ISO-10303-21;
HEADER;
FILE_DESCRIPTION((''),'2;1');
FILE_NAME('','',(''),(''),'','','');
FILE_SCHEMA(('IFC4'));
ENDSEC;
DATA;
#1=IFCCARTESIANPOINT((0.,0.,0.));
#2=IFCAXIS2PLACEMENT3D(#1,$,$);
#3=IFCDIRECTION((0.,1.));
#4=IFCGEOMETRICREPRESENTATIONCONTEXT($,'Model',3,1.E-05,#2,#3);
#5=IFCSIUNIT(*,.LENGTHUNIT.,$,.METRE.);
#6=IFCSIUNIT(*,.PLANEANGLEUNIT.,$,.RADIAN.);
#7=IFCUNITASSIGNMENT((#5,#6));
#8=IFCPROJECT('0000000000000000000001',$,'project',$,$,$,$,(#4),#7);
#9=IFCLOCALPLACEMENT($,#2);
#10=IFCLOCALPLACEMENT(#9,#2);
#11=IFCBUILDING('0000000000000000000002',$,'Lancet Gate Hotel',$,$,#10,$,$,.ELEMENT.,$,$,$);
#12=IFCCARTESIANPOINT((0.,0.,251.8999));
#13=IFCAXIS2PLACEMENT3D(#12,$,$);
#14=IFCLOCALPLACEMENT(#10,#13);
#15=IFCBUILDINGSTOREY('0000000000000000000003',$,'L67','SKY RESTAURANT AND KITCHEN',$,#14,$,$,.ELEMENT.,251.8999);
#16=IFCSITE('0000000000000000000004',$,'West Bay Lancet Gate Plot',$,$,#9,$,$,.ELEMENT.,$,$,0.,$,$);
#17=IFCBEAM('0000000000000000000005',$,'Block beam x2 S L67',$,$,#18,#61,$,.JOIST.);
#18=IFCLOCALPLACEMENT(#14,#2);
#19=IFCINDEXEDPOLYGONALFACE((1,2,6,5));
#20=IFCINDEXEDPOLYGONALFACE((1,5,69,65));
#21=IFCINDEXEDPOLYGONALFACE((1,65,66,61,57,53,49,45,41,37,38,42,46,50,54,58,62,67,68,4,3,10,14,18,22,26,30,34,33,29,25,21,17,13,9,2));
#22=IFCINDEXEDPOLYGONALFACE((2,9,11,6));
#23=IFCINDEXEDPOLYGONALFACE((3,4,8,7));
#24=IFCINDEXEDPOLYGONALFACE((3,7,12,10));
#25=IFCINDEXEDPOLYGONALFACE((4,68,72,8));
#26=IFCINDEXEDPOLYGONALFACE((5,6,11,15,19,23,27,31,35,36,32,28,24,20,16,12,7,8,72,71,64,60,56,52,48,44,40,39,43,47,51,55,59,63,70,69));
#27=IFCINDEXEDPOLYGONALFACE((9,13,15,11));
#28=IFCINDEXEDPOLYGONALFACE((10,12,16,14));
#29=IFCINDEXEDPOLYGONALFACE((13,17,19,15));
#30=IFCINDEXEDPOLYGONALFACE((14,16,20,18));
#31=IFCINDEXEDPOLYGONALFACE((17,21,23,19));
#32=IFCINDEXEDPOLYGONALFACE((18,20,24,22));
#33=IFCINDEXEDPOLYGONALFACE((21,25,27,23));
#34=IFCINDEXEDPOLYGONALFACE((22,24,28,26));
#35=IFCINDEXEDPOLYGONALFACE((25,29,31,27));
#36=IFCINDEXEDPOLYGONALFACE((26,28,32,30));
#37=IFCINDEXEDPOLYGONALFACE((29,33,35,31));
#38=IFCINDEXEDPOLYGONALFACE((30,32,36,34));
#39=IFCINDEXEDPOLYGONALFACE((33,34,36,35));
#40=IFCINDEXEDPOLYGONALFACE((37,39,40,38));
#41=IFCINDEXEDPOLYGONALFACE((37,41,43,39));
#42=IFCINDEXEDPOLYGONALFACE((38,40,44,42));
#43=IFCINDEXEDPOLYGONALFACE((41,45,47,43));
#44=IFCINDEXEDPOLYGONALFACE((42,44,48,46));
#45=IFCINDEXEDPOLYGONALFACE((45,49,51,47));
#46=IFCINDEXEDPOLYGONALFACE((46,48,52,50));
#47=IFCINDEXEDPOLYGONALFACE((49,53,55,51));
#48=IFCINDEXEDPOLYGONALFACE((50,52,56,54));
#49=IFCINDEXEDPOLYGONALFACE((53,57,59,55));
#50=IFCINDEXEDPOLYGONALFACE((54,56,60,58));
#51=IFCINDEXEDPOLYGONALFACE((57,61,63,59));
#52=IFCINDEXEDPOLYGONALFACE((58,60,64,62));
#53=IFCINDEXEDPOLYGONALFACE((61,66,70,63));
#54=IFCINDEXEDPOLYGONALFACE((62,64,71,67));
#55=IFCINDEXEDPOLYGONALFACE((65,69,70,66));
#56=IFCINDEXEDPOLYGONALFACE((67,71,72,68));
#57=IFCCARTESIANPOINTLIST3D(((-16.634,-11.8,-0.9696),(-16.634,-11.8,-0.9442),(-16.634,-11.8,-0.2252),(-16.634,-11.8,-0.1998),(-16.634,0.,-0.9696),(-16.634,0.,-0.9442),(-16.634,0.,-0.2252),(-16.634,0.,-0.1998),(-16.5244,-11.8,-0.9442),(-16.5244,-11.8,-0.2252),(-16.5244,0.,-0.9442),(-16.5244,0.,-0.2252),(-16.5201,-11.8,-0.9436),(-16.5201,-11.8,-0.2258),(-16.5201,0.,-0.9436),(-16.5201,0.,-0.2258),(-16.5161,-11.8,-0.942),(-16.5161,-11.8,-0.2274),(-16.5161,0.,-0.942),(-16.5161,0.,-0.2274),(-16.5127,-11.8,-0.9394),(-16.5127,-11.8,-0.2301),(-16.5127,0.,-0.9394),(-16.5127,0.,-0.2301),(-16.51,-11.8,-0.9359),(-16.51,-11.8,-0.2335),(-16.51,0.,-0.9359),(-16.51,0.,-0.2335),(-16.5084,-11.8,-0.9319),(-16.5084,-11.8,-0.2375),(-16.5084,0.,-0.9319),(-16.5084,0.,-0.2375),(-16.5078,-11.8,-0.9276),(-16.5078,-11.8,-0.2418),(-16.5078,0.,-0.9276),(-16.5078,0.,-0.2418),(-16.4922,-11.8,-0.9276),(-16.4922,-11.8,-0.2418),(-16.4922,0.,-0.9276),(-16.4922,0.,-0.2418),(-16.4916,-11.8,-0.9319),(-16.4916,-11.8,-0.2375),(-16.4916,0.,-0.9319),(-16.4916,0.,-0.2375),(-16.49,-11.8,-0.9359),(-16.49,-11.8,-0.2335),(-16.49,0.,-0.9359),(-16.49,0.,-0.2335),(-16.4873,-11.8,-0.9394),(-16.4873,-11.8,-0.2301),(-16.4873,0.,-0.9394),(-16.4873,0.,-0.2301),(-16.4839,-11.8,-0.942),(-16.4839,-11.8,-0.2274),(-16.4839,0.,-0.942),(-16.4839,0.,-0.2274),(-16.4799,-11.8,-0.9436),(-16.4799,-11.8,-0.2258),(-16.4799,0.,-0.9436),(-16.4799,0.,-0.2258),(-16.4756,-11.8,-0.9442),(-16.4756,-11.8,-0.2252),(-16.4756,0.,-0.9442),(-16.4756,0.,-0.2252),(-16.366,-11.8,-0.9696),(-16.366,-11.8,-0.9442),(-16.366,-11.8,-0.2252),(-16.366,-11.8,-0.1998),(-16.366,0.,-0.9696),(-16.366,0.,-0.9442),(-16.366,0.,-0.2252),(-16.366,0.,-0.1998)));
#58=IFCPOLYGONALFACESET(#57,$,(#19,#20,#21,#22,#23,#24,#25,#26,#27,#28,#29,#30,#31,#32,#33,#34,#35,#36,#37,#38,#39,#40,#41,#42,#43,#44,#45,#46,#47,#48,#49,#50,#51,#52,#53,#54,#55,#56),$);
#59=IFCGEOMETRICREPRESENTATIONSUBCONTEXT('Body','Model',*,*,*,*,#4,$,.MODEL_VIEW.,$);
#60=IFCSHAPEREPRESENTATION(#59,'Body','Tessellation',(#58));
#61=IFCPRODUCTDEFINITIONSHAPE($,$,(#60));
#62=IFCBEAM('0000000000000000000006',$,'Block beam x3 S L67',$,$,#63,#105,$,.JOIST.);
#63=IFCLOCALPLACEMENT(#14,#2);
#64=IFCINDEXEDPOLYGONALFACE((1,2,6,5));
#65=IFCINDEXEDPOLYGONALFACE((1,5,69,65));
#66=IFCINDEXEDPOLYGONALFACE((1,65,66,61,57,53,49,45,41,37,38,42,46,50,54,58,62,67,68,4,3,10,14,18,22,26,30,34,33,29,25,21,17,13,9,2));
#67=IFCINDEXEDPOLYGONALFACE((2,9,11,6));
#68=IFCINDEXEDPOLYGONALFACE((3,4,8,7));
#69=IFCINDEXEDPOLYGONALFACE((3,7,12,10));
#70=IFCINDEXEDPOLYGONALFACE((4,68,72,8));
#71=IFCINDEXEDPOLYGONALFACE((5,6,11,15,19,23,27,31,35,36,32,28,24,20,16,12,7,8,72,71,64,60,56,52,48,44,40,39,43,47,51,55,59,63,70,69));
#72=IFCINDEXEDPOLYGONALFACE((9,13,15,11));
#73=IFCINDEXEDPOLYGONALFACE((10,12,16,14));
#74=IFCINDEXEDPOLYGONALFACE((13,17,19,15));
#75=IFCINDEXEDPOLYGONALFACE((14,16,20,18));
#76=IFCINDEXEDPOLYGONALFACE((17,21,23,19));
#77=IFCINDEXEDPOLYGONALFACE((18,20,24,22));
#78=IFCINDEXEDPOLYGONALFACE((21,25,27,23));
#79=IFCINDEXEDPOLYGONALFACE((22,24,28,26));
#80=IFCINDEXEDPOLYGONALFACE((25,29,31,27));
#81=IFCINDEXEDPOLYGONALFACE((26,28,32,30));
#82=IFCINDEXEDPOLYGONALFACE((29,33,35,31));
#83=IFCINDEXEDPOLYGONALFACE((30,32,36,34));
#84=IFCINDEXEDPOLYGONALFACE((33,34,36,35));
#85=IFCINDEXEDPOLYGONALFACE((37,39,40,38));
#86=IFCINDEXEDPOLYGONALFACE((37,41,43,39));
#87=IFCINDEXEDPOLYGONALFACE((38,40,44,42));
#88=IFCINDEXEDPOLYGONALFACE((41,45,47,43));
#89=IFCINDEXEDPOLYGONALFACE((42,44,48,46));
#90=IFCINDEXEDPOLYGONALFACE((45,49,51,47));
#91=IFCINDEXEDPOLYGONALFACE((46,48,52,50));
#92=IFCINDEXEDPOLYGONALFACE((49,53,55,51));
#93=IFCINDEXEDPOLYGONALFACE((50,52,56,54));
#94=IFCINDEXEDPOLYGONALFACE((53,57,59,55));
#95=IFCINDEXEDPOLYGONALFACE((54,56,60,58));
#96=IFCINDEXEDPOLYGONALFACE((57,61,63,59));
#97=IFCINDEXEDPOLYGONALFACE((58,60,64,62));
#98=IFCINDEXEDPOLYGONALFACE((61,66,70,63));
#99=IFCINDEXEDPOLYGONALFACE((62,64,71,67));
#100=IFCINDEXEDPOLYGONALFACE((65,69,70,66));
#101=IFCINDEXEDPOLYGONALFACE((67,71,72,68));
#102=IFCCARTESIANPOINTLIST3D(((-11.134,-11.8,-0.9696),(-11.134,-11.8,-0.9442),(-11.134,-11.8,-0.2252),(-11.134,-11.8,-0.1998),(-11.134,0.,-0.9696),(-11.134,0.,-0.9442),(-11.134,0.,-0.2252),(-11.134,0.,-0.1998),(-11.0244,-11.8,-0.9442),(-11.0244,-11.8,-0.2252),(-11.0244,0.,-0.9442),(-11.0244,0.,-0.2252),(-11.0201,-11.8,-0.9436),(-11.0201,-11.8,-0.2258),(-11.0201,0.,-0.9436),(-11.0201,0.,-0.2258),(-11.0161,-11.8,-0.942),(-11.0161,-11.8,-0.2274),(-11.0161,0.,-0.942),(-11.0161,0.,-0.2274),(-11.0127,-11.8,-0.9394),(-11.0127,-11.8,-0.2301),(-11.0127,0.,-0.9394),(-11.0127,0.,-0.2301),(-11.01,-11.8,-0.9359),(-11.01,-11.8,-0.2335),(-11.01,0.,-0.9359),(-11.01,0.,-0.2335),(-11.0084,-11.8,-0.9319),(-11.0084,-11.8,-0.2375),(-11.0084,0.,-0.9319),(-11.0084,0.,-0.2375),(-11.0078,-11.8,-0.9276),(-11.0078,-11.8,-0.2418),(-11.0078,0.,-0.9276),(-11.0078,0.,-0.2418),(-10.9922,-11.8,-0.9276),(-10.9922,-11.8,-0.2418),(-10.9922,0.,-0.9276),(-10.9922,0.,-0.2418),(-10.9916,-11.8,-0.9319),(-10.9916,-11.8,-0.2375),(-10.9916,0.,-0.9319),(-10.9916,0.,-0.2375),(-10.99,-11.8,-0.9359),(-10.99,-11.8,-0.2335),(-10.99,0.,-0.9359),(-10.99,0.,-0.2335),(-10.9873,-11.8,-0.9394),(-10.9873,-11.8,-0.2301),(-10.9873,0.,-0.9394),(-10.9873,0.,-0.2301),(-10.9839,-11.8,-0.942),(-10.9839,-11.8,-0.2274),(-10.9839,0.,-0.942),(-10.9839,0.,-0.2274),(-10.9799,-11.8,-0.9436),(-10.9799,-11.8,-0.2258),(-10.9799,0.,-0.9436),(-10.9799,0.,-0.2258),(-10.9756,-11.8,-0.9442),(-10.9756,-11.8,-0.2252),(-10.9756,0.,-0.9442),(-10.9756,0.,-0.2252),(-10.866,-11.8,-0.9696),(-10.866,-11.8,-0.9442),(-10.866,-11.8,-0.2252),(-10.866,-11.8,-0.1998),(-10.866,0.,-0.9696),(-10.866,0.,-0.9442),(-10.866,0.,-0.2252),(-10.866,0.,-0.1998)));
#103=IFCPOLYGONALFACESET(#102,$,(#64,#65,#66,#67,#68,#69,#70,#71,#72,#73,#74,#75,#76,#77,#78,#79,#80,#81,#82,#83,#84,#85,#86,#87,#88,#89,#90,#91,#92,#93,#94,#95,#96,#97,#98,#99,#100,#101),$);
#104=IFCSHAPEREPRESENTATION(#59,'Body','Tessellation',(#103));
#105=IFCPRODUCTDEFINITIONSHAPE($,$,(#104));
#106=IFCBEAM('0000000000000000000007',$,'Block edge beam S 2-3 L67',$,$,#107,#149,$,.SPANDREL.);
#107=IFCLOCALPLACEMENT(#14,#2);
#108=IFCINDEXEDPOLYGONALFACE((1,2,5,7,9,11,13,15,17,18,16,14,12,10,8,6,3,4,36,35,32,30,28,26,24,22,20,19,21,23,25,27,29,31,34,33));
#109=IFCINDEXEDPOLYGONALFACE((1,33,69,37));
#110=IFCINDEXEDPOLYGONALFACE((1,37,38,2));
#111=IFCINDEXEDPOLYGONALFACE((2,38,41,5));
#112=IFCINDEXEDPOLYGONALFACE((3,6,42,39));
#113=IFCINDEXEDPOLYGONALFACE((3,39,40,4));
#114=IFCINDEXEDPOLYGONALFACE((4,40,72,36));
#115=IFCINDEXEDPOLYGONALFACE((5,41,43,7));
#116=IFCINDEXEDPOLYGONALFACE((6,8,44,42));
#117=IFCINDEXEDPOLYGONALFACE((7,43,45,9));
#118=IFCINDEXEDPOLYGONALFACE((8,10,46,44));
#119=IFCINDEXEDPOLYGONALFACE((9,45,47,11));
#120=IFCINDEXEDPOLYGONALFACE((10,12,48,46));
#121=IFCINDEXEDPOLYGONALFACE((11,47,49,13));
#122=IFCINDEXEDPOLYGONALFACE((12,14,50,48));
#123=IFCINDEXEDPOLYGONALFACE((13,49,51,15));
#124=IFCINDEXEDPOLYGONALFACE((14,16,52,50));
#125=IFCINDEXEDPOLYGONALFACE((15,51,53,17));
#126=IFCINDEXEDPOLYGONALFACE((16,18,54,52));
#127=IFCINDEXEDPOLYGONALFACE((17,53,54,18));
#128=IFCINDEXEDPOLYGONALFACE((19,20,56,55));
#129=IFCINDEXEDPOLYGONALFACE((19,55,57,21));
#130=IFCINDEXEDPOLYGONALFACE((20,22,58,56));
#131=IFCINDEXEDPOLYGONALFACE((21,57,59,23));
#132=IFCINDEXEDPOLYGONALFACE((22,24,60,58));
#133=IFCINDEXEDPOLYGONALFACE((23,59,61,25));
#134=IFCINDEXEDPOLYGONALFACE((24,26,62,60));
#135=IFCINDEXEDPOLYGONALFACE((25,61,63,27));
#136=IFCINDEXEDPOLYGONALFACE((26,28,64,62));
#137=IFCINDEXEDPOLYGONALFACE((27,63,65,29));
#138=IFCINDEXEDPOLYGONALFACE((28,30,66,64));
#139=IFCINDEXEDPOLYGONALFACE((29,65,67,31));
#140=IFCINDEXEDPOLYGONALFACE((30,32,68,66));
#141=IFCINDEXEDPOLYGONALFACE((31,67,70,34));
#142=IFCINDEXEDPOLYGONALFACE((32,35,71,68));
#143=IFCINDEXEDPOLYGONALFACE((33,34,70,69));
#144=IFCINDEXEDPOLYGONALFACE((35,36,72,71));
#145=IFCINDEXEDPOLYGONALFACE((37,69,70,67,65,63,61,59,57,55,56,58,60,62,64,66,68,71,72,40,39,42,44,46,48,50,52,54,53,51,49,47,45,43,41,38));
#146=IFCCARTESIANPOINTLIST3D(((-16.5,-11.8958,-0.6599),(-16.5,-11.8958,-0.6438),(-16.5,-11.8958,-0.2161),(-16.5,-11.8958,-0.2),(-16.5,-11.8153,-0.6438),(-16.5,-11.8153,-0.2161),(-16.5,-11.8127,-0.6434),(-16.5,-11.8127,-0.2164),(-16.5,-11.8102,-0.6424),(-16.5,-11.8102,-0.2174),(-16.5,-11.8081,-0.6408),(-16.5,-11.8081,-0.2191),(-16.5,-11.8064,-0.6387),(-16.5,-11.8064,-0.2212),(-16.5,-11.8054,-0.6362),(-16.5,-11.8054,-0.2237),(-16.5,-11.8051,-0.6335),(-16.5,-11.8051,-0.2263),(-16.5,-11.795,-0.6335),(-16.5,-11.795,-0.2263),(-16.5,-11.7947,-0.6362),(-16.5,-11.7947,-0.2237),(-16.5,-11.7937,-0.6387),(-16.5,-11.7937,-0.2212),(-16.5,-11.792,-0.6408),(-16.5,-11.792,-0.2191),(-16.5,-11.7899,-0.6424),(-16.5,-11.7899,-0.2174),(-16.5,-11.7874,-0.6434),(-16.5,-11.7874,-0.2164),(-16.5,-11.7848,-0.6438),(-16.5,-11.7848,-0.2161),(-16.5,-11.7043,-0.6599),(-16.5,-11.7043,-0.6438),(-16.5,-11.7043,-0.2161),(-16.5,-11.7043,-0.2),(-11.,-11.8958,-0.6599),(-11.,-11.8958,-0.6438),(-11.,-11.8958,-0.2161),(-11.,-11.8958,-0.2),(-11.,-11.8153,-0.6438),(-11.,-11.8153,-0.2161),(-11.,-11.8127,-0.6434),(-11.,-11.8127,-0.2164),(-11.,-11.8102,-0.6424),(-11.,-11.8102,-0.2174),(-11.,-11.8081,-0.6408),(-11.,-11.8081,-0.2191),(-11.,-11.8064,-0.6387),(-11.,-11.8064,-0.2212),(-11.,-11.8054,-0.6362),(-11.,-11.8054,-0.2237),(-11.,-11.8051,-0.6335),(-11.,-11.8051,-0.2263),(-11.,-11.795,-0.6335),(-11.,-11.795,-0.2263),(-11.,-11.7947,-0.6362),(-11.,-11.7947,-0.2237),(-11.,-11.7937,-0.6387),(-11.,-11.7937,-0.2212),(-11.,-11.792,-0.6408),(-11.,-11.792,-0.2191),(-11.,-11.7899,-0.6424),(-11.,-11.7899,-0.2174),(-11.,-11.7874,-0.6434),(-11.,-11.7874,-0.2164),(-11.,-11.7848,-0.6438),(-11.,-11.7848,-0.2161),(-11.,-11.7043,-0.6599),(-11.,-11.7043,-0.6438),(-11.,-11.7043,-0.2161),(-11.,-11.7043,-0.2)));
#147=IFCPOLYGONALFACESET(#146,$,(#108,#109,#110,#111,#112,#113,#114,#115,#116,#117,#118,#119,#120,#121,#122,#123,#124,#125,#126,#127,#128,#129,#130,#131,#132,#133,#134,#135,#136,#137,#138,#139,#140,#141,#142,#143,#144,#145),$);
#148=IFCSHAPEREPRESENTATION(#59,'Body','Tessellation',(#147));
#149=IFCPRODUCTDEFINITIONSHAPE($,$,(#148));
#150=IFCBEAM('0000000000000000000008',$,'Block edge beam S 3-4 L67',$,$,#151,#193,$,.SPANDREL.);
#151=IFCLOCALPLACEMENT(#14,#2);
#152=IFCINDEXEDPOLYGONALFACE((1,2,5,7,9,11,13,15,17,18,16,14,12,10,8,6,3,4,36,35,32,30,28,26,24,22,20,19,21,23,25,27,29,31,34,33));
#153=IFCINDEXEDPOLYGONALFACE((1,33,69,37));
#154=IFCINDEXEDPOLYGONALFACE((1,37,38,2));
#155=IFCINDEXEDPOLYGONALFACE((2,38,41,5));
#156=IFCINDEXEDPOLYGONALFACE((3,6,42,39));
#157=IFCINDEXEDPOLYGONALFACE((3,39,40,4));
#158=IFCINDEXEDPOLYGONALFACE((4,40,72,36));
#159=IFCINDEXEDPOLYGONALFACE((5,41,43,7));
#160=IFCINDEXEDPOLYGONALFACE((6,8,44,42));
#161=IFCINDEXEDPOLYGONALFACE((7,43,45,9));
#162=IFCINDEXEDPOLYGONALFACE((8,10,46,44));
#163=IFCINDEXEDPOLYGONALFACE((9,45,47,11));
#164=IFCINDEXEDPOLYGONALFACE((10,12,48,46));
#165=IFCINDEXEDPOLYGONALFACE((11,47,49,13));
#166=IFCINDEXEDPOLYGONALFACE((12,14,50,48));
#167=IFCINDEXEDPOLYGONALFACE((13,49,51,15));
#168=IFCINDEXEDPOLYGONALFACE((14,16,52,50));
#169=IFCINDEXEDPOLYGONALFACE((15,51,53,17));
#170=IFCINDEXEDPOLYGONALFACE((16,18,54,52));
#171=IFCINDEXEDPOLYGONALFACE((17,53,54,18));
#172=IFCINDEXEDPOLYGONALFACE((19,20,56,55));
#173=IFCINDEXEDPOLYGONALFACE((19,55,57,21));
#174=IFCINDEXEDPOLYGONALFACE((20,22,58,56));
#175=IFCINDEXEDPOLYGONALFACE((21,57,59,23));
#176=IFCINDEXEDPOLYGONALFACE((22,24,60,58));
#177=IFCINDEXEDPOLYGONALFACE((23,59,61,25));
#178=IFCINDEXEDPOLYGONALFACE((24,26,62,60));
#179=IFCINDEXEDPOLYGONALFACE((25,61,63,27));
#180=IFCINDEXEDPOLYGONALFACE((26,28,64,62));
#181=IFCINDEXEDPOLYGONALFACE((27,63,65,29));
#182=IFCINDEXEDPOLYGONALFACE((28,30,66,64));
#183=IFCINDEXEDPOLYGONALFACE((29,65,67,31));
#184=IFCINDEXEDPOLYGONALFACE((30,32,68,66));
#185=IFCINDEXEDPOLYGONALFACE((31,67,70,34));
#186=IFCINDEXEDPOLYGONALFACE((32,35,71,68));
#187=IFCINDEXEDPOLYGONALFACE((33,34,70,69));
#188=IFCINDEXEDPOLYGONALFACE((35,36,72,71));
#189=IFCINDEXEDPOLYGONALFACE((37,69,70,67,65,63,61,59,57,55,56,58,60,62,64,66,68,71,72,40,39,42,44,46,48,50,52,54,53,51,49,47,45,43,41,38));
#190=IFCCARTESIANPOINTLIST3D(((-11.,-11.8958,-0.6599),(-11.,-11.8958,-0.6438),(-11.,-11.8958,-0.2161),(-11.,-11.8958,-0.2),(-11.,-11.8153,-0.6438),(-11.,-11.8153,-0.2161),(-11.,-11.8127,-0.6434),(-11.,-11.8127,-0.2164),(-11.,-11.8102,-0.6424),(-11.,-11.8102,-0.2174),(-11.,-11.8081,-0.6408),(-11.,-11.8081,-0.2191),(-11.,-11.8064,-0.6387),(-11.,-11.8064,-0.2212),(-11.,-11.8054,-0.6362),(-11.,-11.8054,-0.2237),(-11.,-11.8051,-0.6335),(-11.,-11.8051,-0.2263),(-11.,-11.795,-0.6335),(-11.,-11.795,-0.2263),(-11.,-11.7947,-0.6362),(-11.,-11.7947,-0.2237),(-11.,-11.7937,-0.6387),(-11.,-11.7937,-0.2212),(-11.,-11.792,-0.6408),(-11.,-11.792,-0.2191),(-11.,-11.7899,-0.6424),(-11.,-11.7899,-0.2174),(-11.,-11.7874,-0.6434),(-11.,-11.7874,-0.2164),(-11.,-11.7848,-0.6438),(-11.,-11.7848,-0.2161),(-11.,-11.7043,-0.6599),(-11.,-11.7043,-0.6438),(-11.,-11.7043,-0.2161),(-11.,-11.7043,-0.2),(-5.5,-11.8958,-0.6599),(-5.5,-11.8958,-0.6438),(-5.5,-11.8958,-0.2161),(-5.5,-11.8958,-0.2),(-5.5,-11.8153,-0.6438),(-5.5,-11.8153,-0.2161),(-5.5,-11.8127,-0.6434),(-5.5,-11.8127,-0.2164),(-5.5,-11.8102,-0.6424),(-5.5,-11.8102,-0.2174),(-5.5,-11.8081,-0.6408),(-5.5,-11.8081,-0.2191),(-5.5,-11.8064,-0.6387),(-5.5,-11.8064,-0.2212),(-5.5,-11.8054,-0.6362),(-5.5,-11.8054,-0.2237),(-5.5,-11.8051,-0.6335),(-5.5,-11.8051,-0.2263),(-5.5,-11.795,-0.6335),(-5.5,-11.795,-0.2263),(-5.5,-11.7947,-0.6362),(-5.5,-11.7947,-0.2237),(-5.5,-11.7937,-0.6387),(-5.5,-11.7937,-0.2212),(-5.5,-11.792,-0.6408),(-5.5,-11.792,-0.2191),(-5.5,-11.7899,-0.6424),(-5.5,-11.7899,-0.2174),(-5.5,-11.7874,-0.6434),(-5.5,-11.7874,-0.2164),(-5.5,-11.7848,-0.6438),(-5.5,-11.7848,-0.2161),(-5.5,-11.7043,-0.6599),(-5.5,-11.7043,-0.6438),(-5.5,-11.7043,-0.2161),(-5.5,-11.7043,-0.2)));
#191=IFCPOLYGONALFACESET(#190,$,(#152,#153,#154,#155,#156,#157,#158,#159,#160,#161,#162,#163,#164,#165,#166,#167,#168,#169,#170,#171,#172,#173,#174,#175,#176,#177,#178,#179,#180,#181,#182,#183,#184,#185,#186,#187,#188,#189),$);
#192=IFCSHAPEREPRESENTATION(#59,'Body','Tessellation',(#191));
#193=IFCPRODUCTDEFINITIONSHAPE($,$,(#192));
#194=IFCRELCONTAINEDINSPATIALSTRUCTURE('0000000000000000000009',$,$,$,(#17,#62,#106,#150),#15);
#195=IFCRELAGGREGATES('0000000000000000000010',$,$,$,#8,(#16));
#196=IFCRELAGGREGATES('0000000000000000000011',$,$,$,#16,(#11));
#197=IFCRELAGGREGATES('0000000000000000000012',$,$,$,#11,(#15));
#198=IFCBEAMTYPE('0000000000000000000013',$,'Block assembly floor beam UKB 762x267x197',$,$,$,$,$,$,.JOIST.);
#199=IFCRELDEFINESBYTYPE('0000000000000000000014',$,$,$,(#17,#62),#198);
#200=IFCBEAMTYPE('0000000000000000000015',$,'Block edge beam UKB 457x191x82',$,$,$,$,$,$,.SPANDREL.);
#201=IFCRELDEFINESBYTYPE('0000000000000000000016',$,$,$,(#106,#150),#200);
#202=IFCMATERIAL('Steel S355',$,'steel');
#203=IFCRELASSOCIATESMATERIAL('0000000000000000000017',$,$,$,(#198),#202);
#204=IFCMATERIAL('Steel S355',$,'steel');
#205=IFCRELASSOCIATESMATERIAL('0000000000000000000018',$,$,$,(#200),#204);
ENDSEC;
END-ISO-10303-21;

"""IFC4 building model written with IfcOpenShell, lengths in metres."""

from ifc_helpers import new_model, si_unit, direction, frame, origin, origin_2d, place, context, subcontext, project, spatial, i_section, extrude, material, material_profile, profile_set, type_object, element, save


model = new_model("IFC4")

# Units and contexts
model_context = context("Model", 3, precision=1e-05, world=origin(), true_north=direction((0.0, 1.0)))
body_context = subcontext(model_context, "Body", "Model", "MODEL_VIEW")
ifc_project = project(units=[si_unit("LENGTHUNIT", "METRE"), si_unit("PLANEANGLEUNIT", "RADIAN")], contexts=[model_context])

# Site, building, storey
site_placement = place(None, origin())
site = spatial("IfcSite", under=ifc_project, at=site_placement, Name="West Bay Lancet Gate Plot", CompositionType="ELEMENT", RefElevation=0.0)
building_placement = place(site_placement, origin())
building = spatial("IfcBuilding", under=site, at=building_placement, Name="Lancet Gate Hotel", CompositionType="ELEMENT")
storey_placement = place(building_placement, frame((0.0, 0.0, 251.8999)))
storey = spatial("IfcBuildingStorey", under=building, at=storey_placement, Name="L67", Description="SKY RESTAURANT AND KITCHEN", CompositionType="ELEMENT", Elevation=251.8999)

# Beams
ifc_material_1 = material(Name="Steel S355", Category="steel")
ifc_material_profile_1 = material_profile(ifc_material_1, i_section(OverallWidth=0.2681, OverallDepth=0.7698, WebThickness=0.0156, FlangeThickness=0.0254, FilletRadius=0.0166, at=origin_2d()), Name="UKB 762x267x197")
ifc_profile_set_1 = profile_set([ifc_material_profile_1], Name="Steel S355")
beam_type_1 = type_object("IfcBeamType", Name="Block assembly floor beam UKB 762x267x197", PredefinedType="JOIST", material=ifc_profile_set_1)
for number, where, z_axis, x_axis, name in (
    (1, (-16.5, -11.8, -0.5847), (0.0, 1.0, 0.0), (-1.0, 0.0, 0.0), "Block beam x2 S L67"),
    (2, (-11.0, -11.8, -0.5847), (0.0, 1.0, 0.0), (-1.0, 0.0, 0.0), "Block beam x3 S L67"),
):
    element("IfcBeam", number, at=place(storey_placement, frame(where, z_axis=z_axis, x_axis=x_axis)), inside=storey, type_object=beam_type_1, Name=name, PredefinedType="JOIST", context=body_context, shape_type="SweptSolid", body=[
        extrude(i_section(OverallWidth=0.2681, OverallDepth=0.7698, WebThickness=0.0156, FlangeThickness=0.0254, FilletRadius=0.0166, at=origin_2d()), origin(), (0.0, 0.0, 1.0), 11.8),
    ])
ifc_material_2 = material(Name="Steel S355", Category="steel")
ifc_material_profile_2 = material_profile(ifc_material_2, i_section(OverallWidth=0.1914, OverallDepth=0.46, WebThickness=0.01, FlangeThickness=0.0161, FilletRadius=0.0103, at=origin_2d()), Name="UKB 457x191x82")
ifc_profile_set_2 = profile_set([ifc_material_profile_2], Name="Steel S355")
beam_type_2 = type_object("IfcBeamType", Name="Block edge beam UKB 457x191x82", PredefinedType="SPANDREL", material=ifc_profile_set_2)
for number, where, z_axis, x_axis, name in (
    (3, (-16.5, -11.8, -0.4299), (1.0, 0.0, 0.0), (0.0, 1.0, 0.0), "Block edge beam S 2-3 L67"),
    (4, (-11.0, -11.8, -0.4299), (1.0, 0.0, 0.0), (0.0, 1.0, 0.0), "Block edge beam S 3-4 L67"),
):
    element("IfcBeam", number, at=place(storey_placement, frame(where, z_axis=z_axis, x_axis=x_axis)), inside=storey, type_object=beam_type_2, Name=name, PredefinedType="SPANDREL", context=body_context, shape_type="SweptSolid", body=[
        extrude(i_section(OverallWidth=0.1914, OverallDepth=0.46, WebThickness=0.01, FlangeThickness=0.0161, FilletRadius=0.0103, at=origin_2d()), origin(), (0.0, 0.0, 1.0), 5.5),
    ])

save(model, "model.ifc")
